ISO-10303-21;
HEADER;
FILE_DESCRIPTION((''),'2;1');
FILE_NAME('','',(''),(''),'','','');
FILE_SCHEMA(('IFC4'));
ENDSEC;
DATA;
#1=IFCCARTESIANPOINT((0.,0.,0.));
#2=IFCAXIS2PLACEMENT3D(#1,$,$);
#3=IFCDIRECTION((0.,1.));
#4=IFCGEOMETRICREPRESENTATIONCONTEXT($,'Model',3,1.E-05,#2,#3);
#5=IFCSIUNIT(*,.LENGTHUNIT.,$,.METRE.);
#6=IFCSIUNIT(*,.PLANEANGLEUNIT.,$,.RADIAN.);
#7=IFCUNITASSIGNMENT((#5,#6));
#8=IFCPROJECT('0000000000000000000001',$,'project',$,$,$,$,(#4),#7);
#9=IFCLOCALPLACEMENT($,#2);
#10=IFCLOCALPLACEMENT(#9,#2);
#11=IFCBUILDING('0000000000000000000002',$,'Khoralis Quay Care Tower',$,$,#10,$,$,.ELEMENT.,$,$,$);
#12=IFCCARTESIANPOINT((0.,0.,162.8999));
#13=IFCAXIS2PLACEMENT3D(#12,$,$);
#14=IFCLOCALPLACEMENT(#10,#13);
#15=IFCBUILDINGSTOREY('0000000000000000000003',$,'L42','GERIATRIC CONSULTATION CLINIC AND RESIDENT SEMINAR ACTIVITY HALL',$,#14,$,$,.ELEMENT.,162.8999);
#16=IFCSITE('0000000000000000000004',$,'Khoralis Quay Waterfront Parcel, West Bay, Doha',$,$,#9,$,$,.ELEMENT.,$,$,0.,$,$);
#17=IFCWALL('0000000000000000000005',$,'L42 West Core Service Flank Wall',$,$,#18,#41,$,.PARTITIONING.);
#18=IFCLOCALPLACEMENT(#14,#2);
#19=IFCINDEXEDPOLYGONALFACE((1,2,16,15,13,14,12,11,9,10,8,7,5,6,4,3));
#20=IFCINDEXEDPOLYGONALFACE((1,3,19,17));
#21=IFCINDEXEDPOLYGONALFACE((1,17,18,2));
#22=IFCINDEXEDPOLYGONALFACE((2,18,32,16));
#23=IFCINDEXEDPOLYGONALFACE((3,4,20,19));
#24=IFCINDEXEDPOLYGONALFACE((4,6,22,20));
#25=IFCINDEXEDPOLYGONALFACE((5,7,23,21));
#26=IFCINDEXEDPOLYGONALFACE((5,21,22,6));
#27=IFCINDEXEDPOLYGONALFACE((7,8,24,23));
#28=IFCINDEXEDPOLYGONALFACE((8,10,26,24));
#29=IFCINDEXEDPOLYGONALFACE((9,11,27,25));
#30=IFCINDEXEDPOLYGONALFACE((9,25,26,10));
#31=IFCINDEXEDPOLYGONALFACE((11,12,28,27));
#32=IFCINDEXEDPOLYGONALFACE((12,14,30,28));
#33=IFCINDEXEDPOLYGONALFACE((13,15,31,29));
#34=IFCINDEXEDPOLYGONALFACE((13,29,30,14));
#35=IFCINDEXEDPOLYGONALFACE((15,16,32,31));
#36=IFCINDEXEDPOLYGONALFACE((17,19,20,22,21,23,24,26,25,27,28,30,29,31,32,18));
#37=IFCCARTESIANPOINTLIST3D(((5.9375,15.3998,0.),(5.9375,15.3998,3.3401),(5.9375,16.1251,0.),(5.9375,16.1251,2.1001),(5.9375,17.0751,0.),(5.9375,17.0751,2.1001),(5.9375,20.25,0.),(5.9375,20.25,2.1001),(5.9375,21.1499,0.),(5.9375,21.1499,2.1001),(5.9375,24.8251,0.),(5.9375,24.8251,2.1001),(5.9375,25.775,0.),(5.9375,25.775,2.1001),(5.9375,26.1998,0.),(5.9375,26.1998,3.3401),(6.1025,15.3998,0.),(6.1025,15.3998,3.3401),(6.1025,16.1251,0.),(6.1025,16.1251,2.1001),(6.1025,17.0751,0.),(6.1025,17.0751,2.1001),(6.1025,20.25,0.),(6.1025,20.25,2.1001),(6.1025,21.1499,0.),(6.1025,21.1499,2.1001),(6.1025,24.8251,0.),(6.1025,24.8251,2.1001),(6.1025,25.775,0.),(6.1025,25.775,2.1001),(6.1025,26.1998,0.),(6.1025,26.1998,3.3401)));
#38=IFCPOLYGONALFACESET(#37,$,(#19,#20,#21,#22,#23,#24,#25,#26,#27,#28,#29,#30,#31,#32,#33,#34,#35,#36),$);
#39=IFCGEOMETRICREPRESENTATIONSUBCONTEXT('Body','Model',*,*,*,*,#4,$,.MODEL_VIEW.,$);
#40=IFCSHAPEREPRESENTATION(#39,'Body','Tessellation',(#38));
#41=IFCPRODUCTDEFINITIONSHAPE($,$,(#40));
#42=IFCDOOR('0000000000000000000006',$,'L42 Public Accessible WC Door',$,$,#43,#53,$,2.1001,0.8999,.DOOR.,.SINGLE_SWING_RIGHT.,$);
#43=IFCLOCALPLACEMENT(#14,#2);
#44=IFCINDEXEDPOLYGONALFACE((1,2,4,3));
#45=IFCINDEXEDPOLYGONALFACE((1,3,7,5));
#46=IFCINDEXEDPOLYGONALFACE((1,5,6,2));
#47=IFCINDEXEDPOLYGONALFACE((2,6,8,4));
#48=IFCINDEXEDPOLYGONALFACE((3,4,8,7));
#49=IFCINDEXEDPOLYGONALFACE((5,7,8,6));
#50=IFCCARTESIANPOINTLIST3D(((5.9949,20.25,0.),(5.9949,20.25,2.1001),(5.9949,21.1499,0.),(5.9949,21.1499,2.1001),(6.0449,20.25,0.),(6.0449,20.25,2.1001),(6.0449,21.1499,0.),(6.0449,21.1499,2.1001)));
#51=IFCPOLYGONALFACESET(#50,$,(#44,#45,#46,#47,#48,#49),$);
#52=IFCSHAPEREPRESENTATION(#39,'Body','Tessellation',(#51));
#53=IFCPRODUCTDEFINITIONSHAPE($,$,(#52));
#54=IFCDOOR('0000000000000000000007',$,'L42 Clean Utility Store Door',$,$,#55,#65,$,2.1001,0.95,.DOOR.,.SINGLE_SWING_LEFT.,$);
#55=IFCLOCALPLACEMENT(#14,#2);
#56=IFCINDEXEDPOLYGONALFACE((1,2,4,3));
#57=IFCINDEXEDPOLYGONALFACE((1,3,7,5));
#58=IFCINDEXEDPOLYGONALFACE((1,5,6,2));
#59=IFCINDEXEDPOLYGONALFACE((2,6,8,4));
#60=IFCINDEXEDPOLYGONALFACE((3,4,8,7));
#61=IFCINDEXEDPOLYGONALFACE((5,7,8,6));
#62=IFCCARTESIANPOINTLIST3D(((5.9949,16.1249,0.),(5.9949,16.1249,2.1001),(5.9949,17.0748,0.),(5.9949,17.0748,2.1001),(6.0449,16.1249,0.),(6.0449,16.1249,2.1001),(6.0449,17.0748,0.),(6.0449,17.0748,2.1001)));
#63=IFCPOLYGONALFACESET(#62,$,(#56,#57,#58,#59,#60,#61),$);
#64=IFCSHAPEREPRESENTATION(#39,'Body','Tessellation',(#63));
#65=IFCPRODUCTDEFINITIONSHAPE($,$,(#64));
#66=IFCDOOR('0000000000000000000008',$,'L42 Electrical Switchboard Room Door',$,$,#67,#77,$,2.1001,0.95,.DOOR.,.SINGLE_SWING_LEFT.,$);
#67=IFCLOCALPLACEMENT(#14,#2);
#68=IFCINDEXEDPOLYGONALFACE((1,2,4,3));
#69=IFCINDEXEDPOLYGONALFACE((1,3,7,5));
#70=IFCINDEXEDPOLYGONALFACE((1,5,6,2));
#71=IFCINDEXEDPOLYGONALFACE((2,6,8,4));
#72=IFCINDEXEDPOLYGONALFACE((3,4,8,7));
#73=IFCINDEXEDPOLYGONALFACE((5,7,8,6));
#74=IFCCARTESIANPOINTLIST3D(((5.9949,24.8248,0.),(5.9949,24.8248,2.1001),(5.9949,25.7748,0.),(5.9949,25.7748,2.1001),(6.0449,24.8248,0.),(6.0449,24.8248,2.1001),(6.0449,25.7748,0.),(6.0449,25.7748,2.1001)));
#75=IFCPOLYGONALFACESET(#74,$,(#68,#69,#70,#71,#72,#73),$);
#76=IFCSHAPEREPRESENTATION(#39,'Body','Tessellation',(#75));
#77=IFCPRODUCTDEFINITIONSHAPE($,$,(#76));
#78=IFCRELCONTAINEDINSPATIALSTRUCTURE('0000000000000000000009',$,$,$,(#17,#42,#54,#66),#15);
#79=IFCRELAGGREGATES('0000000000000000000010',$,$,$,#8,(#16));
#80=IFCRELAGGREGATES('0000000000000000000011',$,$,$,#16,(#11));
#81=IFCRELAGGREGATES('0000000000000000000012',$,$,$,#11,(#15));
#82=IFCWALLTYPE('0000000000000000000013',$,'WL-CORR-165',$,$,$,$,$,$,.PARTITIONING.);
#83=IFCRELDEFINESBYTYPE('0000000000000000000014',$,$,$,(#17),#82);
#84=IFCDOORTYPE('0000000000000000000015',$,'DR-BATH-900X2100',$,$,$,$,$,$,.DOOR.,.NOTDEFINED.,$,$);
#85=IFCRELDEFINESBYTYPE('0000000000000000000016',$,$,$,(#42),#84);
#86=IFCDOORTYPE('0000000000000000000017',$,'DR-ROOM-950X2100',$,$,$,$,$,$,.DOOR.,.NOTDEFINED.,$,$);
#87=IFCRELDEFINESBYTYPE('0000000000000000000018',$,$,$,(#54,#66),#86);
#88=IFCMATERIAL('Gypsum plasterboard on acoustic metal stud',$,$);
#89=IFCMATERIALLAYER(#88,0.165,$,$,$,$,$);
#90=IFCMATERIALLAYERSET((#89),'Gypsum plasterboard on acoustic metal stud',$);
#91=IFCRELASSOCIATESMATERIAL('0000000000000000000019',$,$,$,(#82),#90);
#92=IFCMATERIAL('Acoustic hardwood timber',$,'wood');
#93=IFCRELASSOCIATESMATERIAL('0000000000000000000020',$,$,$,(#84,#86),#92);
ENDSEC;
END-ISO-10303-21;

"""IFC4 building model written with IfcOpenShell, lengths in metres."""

from ifc_helpers import new_model, si_unit, direction, frame, frame_2d, origin, place, context, subcontext, project, spatial, rectangle, extrude, source, transform, mapped, material, layer, layer_set, type_object, element, fill, save


model = new_model("IFC4")

# Units and contexts
model_context = context("Model", 3, precision=1e-05, world=origin(), true_north=direction((0.0, 1.0)))
body_context = subcontext(model_context, "Body", "Model", "MODEL_VIEW")
ifc_project = project(units=[si_unit("LENGTHUNIT", "METRE"), si_unit("PLANEANGLEUNIT", "RADIAN")], contexts=[model_context])

# Site, building, storey
site_placement = place(None, origin())
site = spatial("IfcSite", under=ifc_project, at=site_placement, Name="Khoralis Quay Waterfront Parcel, West Bay, Doha", CompositionType="ELEMENT", RefElevation=0.0)
building_placement = place(site_placement, origin())
building = spatial("IfcBuilding", under=site, at=building_placement, Name="Khoralis Quay Care Tower", CompositionType="ELEMENT")
storey_placement = place(building_placement, frame((0.0, 0.0, 162.8999)))
storey = spatial("IfcBuildingStorey", under=building, at=storey_placement, Name="L42", Description="GERIATRIC CONSULTATION CLINIC AND RESIDENT SEMINAR ACTIVITY HALL", CompositionType="ELEMENT", Elevation=162.8999)

# Wall, openings, doors
ifc_material_1 = material(Name="Gypsum plasterboard on acoustic metal stud")
ifc_layer_1 = layer(ifc_material_1, 0.165)
ifc_layer_set_1 = layer_set([ifc_layer_1], Name="Gypsum plasterboard on acoustic metal stud")
wall_type_1 = type_object("IfcWallType", Name="WL-CORR-165", PredefinedType="PARTITIONING", material=ifc_layer_set_1)
wall_1_placement = place(storey_placement, frame((6.02, 15.3999, 0.0), z_axis=(0.0, 0.0, 1.0), x_axis=(0.0, 1.0, 0.0)))
wall_1 = element("IfcWall", 1, at=wall_1_placement, inside=storey, type_object=wall_type_1, Name="L42 West Core Service Flank Wall", PredefinedType="PARTITIONING", context=body_context, shape_type="SweptSolid", body=[
    extrude(rectangle(XDim=10.8, YDim=0.165, at=frame_2d((5.3999, 0.0))), origin(), (0.0, 0.0, 1.0), 3.3401),
])
opening_1_placement = place(wall_1_placement, frame((0.7251, 0.0, 0.0)))
opening_1 = element("IfcOpeningElement", 2, at=opening_1_placement, cuts=wall_1, PredefinedType="OPENING", context=body_context, shape_type="SweptSolid", body=[
    extrude(rectangle(XDim=0.95, YDim=2.1001, at=frame_2d((0.4751, 1.05))), frame((0.0, 0.0925, 0.0), z_axis=(0.0, -1.0, 0.0), x_axis=(1.0, 0.0, 0.0)), (0.0, 0.0, 1.0), 0.1851),
])
opening_2_placement = place(wall_1_placement, frame((4.8501, 0.0, 0.0)))
opening_2 = element("IfcOpeningElement", 3, at=opening_2_placement, cuts=wall_1, PredefinedType="OPENING", context=body_context, shape_type="SweptSolid", body=[
    extrude(rectangle(XDim=0.8999, YDim=2.1001, at=frame_2d((0.45, 1.05))), frame((0.0, 0.0925, 0.0), z_axis=(0.0, -1.0, 0.0), x_axis=(1.0, 0.0, 0.0)), (0.0, 0.0, 1.0), 0.1851),
])
opening_3_placement = place(wall_1_placement, frame((9.425, 0.0, 0.0)))
opening_3 = element("IfcOpeningElement", 4, at=opening_3_placement, cuts=wall_1, PredefinedType="OPENING", context=body_context, shape_type="SweptSolid", body=[
    extrude(rectangle(XDim=0.95, YDim=2.1001, at=frame_2d((0.4751, 1.05))), frame((0.0, 0.0925, 0.0), z_axis=(0.0, -1.0, 0.0), x_axis=(1.0, 0.0, 0.0)), (0.0, 0.0, 1.0), 0.1851),
])
ifc_material_2 = material(Name="Acoustic hardwood timber", Category="wood")
door_type_1 = type_object("IfcDoorType", Name="DR-BATH-900X2100", OperationType="NOTDEFINED", PredefinedType="DOOR", material=ifc_material_2)
shared_shape_1 = source(origin(), body_context, "Body", "SweptSolid", [
    extrude(rectangle(XDim=0.8999, YDim=2.1001, at=frame_2d((0.45, 1.05))), frame((0.0, 0.0249, 0.0), z_axis=(0.0, -1.0, 0.0), x_axis=(1.0, 0.0, 0.0)), (0.0, 0.0, 1.0), 0.05),
])
door_1_placement = place(opening_2_placement, frame((0.8999, 0.0, 0.0), z_axis=(0.0, 0.0, 1.0), x_axis=(-1.0, 0.0, 0.0)))
door_1 = element("IfcDoor", 5, at=door_1_placement, inside=storey, type_object=door_type_1, Name="L42 Public Accessible WC Door", OperationType="SINGLE_SWING_RIGHT", OverallHeight=2.1001, OverallWidth=0.8999, PredefinedType="DOOR", context=body_context, shape_type="MappedRepresentation", body=[
    mapped(shared_shape_1, transform((0.0, 0.0, 0.0), scale=1.0)),
])
fill(opening_2, door_1)
door_type_2 = type_object("IfcDoorType", Name="DR-ROOM-950X2100", OperationType="NOTDEFINED", PredefinedType="DOOR", material=ifc_material_2)
shared_shape_2 = source(origin(), body_context, "Body", "SweptSolid", [
    extrude(rectangle(XDim=0.95, YDim=2.1001, at=frame_2d((0.4751, 1.05))), frame((0.0, 0.0249, 0.0), z_axis=(0.0, -1.0, 0.0), x_axis=(1.0, 0.0, 0.0)), (0.0, 0.0, 1.0), 0.05),
])
door_2_placement = place(opening_1_placement, frame((0.95, 0.0, 0.0), z_axis=(0.0, 0.0, 1.0), x_axis=(-1.0, 0.0, 0.0)))
door_2 = element("IfcDoor", 6, at=door_2_placement, inside=storey, type_object=door_type_2, Name="L42 Clean Utility Store Door", OperationType="SINGLE_SWING_LEFT", OverallHeight=2.1001, OverallWidth=0.95, PredefinedType="DOOR", context=body_context, shape_type="MappedRepresentation", body=[
    mapped(shared_shape_2, transform((0.0, 0.0, 0.0), scale=1.0)),
])
fill(opening_1, door_2)
door_3_placement = place(opening_3_placement, frame((0.95, 0.0, 0.0), z_axis=(0.0, 0.0, 1.0), x_axis=(-1.0, 0.0, 0.0)))
door_3 = element("IfcDoor", 7, at=door_3_placement, inside=storey, type_object=door_type_2, Name="L42 Electrical Switchboard Room Door", OperationType="SINGLE_SWING_LEFT", OverallHeight=2.1001, OverallWidth=0.95, PredefinedType="DOOR", context=body_context, shape_type="MappedRepresentation", body=[
    mapped(shared_shape_2, transform((0.0, 0.0, 0.0), scale=1.0)),
])
fill(opening_3, door_3)

save(model, "model.ifc")
